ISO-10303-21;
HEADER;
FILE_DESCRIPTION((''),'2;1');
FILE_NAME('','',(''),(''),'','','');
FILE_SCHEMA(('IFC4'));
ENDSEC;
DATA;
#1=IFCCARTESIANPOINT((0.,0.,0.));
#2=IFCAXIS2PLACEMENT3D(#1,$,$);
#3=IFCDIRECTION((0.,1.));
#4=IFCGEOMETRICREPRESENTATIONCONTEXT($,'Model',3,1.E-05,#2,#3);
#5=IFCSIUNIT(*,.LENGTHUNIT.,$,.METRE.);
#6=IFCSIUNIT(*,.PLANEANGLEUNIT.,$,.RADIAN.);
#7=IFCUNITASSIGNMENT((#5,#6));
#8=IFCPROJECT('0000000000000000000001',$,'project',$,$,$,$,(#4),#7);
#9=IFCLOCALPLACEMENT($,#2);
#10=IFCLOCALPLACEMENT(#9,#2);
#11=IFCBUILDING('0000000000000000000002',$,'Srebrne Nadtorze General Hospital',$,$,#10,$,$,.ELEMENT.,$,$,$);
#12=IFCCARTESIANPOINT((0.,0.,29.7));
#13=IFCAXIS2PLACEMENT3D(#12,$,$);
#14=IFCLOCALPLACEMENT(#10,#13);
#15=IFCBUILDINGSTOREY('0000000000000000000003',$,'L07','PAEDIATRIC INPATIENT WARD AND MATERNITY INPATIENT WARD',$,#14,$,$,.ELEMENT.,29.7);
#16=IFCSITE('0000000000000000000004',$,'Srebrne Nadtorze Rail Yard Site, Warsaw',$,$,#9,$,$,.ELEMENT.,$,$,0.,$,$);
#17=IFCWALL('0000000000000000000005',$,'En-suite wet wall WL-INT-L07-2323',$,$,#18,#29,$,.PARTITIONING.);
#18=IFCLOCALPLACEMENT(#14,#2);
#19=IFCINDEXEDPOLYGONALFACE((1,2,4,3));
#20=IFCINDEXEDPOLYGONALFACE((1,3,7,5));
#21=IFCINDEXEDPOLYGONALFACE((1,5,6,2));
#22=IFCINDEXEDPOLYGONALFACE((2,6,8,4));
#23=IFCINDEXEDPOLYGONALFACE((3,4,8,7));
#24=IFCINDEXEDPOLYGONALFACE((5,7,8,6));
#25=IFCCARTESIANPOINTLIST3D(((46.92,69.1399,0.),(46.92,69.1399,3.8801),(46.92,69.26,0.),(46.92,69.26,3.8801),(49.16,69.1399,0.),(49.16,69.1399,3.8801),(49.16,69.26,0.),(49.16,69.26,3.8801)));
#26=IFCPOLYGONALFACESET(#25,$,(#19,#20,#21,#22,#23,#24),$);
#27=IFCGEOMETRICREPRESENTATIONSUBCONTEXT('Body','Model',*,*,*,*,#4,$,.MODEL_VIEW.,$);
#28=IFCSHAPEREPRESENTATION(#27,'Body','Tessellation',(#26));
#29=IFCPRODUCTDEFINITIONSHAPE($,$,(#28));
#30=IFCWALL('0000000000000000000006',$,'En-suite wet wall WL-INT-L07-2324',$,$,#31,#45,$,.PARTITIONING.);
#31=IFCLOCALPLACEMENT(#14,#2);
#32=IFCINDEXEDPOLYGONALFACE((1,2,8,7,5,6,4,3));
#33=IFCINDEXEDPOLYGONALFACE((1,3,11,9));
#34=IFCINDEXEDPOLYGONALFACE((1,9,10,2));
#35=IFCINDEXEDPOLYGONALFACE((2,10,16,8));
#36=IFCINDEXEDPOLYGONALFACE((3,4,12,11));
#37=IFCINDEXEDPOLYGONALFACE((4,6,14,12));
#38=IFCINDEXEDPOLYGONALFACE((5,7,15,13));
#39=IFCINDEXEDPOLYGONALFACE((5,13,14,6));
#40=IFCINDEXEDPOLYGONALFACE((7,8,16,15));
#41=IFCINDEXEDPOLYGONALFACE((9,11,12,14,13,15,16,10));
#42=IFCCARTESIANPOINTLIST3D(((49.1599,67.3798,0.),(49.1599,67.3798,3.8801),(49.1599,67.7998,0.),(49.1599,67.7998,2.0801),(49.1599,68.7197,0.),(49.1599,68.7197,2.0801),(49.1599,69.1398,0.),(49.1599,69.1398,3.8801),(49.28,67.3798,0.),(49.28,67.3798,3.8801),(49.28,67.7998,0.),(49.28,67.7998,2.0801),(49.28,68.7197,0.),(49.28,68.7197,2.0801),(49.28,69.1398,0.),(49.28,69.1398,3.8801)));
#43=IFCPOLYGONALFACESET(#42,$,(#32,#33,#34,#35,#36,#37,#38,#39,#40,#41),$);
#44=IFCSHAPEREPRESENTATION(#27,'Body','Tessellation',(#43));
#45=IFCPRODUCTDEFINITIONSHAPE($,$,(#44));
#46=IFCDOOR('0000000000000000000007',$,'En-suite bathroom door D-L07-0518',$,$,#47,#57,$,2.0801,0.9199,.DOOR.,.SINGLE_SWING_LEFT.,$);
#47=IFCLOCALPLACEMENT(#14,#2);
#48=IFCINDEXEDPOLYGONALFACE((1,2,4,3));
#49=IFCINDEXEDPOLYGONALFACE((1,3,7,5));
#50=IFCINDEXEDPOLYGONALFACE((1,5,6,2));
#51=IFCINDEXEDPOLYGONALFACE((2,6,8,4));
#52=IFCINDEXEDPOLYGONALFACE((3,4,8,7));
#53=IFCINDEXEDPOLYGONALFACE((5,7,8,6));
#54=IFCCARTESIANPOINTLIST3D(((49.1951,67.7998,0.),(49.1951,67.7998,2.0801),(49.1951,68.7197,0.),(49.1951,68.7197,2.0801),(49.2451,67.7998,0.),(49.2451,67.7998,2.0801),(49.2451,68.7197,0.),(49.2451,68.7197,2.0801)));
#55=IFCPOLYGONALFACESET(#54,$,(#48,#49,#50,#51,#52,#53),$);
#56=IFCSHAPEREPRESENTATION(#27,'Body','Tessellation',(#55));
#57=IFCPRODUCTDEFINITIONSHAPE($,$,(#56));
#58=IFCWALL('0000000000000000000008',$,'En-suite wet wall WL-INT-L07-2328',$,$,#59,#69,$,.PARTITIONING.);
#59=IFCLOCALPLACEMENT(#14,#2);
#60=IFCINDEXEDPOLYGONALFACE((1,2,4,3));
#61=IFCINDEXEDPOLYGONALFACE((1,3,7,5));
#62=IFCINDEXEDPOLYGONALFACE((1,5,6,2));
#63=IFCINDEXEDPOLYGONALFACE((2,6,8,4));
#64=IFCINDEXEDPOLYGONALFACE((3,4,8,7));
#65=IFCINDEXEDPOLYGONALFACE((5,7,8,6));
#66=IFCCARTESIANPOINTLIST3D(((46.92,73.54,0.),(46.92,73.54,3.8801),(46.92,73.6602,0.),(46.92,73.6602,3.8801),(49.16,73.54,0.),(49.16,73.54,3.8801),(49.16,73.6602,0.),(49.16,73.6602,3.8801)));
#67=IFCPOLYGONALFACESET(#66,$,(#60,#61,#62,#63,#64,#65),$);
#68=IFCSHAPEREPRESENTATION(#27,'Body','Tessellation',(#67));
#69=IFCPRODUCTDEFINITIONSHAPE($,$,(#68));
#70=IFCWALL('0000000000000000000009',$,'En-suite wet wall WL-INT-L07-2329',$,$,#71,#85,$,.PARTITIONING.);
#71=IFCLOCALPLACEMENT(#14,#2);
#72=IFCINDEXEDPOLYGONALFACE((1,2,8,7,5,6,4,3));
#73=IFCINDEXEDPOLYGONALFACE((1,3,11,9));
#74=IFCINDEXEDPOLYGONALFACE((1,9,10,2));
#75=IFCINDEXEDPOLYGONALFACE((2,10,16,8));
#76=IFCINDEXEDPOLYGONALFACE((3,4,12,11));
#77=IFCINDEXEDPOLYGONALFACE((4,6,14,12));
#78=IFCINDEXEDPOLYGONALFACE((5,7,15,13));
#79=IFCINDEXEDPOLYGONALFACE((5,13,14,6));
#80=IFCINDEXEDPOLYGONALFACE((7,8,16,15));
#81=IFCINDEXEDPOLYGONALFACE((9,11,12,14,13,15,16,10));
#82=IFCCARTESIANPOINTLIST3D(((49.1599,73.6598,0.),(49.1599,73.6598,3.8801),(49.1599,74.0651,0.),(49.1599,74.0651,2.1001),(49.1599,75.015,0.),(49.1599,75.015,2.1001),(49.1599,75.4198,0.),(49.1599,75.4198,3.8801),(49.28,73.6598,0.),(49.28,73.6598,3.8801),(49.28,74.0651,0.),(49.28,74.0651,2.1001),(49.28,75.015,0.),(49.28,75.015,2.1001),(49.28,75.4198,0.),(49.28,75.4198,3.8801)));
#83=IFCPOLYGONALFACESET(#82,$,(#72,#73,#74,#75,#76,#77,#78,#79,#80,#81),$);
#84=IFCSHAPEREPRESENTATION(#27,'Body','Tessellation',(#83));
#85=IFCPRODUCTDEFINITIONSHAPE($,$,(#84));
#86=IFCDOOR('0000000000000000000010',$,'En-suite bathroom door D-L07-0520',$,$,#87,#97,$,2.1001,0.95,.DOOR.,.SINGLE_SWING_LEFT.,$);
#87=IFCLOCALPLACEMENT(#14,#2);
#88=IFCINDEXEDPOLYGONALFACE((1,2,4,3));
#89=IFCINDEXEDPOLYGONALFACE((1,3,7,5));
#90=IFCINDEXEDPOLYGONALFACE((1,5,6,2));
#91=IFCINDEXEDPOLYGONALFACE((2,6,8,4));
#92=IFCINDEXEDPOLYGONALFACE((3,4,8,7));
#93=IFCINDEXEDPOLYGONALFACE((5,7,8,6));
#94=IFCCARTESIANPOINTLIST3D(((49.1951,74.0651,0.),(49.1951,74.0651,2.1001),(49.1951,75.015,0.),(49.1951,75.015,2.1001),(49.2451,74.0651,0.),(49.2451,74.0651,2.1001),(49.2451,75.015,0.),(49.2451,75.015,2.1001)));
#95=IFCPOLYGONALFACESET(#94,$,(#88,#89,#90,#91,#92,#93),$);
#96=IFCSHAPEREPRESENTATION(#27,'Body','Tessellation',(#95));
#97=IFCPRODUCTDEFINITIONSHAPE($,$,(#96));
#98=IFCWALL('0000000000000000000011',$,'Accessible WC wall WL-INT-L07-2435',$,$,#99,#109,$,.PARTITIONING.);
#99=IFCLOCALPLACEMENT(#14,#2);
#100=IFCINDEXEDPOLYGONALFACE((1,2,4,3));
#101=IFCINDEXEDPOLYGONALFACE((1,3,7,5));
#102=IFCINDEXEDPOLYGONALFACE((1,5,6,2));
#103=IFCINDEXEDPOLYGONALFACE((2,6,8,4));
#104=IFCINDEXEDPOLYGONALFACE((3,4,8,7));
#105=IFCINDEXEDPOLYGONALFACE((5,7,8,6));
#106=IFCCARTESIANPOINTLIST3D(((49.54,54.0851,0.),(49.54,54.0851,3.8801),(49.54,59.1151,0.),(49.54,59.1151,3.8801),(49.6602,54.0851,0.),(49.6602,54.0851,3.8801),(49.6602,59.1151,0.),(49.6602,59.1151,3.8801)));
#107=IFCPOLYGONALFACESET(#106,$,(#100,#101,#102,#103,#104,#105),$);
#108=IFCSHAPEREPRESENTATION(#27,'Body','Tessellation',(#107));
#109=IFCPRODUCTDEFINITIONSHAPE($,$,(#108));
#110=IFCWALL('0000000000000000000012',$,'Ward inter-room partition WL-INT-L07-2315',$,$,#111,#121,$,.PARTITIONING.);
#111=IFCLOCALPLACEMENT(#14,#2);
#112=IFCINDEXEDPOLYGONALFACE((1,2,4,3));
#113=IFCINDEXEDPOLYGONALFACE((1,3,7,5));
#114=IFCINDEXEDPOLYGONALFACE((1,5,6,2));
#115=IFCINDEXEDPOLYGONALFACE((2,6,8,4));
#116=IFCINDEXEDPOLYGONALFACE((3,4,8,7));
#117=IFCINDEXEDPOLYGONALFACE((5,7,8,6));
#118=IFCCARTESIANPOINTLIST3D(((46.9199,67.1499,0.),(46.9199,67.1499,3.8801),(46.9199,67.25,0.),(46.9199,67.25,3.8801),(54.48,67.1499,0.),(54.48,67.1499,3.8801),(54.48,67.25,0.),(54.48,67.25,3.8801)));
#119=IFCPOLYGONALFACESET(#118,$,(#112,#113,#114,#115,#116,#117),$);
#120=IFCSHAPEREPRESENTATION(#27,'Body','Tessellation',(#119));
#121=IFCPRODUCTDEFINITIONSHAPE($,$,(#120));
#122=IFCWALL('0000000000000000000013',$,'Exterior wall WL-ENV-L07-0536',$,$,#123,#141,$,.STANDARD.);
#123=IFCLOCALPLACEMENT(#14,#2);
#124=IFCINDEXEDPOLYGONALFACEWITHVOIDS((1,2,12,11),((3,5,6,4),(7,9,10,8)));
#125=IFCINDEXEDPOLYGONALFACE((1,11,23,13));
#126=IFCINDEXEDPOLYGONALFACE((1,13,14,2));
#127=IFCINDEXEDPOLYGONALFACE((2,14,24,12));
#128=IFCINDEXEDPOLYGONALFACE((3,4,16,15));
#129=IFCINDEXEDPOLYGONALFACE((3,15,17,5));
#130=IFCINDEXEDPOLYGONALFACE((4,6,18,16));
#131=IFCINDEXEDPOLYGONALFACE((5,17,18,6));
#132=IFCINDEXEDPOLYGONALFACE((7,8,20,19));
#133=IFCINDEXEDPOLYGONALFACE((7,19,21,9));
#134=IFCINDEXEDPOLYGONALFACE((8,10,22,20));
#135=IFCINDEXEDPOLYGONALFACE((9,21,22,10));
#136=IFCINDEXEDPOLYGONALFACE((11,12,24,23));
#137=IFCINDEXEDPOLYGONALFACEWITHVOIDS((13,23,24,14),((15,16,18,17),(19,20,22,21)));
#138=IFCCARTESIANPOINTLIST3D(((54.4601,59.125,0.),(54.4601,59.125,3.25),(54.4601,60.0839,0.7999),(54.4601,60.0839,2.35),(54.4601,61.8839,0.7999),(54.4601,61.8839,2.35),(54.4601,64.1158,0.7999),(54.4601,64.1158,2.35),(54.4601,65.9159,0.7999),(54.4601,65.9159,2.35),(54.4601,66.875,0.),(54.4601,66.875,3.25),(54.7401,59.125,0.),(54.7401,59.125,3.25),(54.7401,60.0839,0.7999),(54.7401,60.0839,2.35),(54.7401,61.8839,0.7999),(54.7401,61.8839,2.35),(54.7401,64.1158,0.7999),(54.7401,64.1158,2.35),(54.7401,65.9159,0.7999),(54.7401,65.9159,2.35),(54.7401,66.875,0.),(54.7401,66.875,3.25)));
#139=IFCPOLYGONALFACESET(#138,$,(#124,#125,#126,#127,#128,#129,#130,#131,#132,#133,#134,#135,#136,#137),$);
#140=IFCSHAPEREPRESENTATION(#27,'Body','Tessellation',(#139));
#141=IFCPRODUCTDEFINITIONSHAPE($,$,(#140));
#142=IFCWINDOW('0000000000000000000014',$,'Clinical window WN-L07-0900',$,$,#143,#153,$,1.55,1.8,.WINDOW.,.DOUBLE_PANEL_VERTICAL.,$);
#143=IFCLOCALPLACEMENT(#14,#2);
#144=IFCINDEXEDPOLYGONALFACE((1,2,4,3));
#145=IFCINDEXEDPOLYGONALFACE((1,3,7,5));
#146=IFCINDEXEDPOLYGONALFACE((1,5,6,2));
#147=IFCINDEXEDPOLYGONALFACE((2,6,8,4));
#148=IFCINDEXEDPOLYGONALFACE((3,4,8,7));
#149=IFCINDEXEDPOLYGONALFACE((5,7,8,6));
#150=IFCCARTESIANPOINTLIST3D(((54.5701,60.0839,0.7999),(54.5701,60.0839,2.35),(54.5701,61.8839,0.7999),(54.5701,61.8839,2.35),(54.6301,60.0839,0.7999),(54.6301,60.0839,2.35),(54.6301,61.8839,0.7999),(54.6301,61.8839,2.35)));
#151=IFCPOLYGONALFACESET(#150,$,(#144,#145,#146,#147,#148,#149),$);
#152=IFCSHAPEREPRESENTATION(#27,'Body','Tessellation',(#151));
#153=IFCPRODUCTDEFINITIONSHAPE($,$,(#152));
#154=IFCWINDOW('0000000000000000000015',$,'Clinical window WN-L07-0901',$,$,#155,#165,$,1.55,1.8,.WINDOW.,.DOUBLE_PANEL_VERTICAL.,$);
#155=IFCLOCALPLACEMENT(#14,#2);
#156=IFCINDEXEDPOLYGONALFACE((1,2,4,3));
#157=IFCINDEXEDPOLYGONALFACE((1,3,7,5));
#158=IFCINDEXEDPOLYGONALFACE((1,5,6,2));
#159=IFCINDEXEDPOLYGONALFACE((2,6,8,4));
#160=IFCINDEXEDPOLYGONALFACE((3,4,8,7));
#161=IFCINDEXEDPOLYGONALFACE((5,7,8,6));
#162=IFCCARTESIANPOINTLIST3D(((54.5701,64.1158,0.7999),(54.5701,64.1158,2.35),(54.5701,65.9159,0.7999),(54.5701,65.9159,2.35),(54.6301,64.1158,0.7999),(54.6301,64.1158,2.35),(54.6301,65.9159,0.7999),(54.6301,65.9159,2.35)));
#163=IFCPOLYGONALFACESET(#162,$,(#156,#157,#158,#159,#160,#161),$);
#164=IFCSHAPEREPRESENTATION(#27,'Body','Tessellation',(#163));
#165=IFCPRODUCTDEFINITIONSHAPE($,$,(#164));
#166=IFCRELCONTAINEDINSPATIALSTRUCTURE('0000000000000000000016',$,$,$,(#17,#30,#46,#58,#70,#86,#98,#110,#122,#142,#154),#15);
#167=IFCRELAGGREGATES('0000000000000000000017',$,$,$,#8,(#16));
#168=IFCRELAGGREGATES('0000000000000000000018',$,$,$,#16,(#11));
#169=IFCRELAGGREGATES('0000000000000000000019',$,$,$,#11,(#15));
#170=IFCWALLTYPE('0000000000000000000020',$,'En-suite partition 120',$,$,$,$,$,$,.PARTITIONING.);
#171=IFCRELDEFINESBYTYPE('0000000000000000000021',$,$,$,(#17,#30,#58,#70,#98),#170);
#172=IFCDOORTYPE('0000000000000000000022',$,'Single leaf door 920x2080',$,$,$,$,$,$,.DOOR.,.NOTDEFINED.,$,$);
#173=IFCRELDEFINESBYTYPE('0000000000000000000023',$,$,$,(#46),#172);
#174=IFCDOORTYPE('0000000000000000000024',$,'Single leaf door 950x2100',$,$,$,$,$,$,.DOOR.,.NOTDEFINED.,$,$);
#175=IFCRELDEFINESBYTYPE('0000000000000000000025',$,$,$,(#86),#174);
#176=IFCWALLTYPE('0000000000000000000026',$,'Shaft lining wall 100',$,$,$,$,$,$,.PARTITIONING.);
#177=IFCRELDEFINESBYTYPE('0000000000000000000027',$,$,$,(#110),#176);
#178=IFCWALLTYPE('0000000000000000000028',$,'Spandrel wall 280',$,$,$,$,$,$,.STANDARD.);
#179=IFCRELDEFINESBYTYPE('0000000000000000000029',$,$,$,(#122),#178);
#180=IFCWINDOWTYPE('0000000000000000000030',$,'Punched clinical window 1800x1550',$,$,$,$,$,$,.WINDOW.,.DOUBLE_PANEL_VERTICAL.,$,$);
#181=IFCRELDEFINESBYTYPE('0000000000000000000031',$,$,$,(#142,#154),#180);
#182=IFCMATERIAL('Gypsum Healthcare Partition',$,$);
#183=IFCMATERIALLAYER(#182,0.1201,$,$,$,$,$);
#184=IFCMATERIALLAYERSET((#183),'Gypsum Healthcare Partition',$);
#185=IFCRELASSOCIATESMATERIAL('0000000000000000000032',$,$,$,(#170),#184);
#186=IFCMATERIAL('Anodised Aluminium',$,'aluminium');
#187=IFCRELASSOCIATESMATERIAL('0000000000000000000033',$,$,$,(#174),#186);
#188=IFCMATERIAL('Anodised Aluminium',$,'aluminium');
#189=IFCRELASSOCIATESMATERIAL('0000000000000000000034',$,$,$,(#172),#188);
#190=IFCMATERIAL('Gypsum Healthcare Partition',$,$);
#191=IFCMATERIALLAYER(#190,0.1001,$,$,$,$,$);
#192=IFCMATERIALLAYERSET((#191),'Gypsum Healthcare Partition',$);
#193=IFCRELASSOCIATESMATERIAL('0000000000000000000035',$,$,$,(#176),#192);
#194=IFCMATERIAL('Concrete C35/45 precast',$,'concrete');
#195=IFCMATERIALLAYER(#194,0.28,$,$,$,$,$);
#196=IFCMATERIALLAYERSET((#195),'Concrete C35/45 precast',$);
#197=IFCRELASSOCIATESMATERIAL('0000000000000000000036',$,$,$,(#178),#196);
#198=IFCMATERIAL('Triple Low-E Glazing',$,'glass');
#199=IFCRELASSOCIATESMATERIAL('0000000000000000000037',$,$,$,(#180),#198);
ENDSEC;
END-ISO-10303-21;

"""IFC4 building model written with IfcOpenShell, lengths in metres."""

from ifc_helpers import new_model, si_unit, direction, frame, frame_2d, origin, place, context, subcontext, project, spatial, rectangle, extrude, material, layer, layer_set, type_object, element, fill, save


model = new_model("IFC4")

# Units and contexts
model_context = context("Model", 3, precision=1e-05, world=origin(), true_north=direction((0.0, 1.0)))
body_context = subcontext(model_context, "Body", "Model", "MODEL_VIEW")
ifc_project = project(units=[si_unit("LENGTHUNIT", "METRE"), si_unit("PLANEANGLEUNIT", "RADIAN")], contexts=[model_context])

# Site, building, storey
site_placement = place(None, origin())
site = spatial("IfcSite", under=ifc_project, at=site_placement, Name="Srebrne Nadtorze Rail Yard Site, Warsaw", CompositionType="ELEMENT", RefElevation=0.0)
building_placement = place(site_placement, origin())
building = spatial("IfcBuilding", under=site, at=building_placement, Name="Srebrne Nadtorze General Hospital", CompositionType="ELEMENT")
storey_placement = place(building_placement, frame((0.0, 0.0, 29.7)))
storey = spatial("IfcBuildingStorey", under=building, at=storey_placement, Name="L07", Description="PAEDIATRIC INPATIENT WARD AND MATERNITY INPATIENT WARD", CompositionType="ELEMENT", Elevation=29.7)

# Shared definitions
ifc_material_1 = material(Name="Gypsum Healthcare Partition")
ifc_layer_1 = layer(ifc_material_1, 0.1201)
ifc_layer_set_1 = layer_set([ifc_layer_1], Name="Gypsum Healthcare Partition")
wall_type_1 = type_object("IfcWallType", Name="En-suite partition 120", PredefinedType="PARTITIONING", material=ifc_layer_set_1)

# Shared definitions
ifc_material_2 = material(Name="Anodised Aluminium", Category="aluminium")
door_type_1 = type_object("IfcDoorType", Name="Single leaf door 950x2100", OperationType="NOTDEFINED", PredefinedType="DOOR", material=ifc_material_2)

# Wall
wall_1_placement = place(storey_placement, frame((46.9199, 69.2, 0.0), z_axis=(0.0, 0.0, 1.0), x_axis=(1.0, 0.0, 0.0)))
element("IfcWall", 1, at=wall_1_placement, inside=storey, type_object=wall_type_1, Name="En-suite wet wall WL-INT-L07-2323", PredefinedType="PARTITIONING", context=body_context, shape_type="SweptSolid", body=[
    extrude(rectangle(XDim=2.24, YDim=0.1201, at=frame_2d((1.1201, 0.0))), origin(), (0.0, 0.0, 1.0), 3.8801),
])

# Wall, opening, door
wall_2_placement = place(storey_placement, frame((49.22, 67.3799, 0.0), z_axis=(0.0, 0.0, 1.0), x_axis=(0.0, 1.0, 0.0)))
wall_2 = element("IfcWall", 2, at=wall_2_placement, inside=storey, type_object=wall_type_1, Name="En-suite wet wall WL-INT-L07-2324", PredefinedType="PARTITIONING", context=body_context, shape_type="SweptSolid", body=[
    extrude(rectangle(XDim=1.76, YDim=0.1201, at=frame_2d((0.8799, 0.0))), origin(), (0.0, 0.0, 1.0), 3.8801),
])
opening_1_placement = place(wall_2_placement, frame((0.4199, 0.0, 0.0)))
opening_1 = element("IfcOpeningElement", 3, at=opening_1_placement, cuts=wall_2, PredefinedType="OPENING", context=body_context, shape_type="SweptSolid", body=[
    extrude(rectangle(XDim=0.9199, YDim=2.0801, at=frame_2d((0.46, 1.04))), frame((0.0, 0.072, 0.0), z_axis=(0.0, -1.0, 0.0), x_axis=(1.0, 0.0, 0.0)), (0.0, 0.0, 1.0), 0.144),
])
ifc_material_3 = material(Name="Anodised Aluminium", Category="aluminium")
door_type_2 = type_object("IfcDoorType", Name="Single leaf door 920x2080", OperationType="NOTDEFINED", PredefinedType="DOOR", material=ifc_material_3)
door_1_placement = place(opening_1_placement, origin())
door_1 = element("IfcDoor", 4, at=door_1_placement, inside=storey, type_object=door_type_2, Name="En-suite bathroom door D-L07-0518", OperationType="SINGLE_SWING_LEFT", OverallHeight=2.0801, OverallWidth=0.9199, PredefinedType="DOOR", context=body_context, shape_type="SweptSolid", body=[
    extrude(rectangle(XDim=0.9199, YDim=2.0801, at=frame_2d((0.46, 1.04))), frame((0.0, 0.0249, 0.0), z_axis=(0.0, -1.0, 0.0), x_axis=(1.0, 0.0, 0.0)), (0.0, 0.0, 1.0), 0.05),
])
fill(opening_1, door_1)

# Wall
wall_3_placement = place(storey_placement, frame((46.9199, 73.6001, 0.0), z_axis=(0.0, 0.0, 1.0), x_axis=(1.0, 0.0, 0.0)))
element("IfcWall", 5, at=wall_3_placement, inside=storey, type_object=wall_type_1, Name="En-suite wet wall WL-INT-L07-2328", PredefinedType="PARTITIONING", context=body_context, shape_type="SweptSolid", body=[
    extrude(rectangle(XDim=2.24, YDim=0.1201, at=frame_2d((1.1201, 0.0))), origin(), (0.0, 0.0, 1.0), 3.8801),
])

# Wall, opening, door
wall_4_placement = place(storey_placement, frame((49.22, 73.6599, 0.0), z_axis=(0.0, 0.0, 1.0), x_axis=(0.0, 1.0, 0.0)))
wall_4 = element("IfcWall", 6, at=wall_4_placement, inside=storey, type_object=wall_type_1, Name="En-suite wet wall WL-INT-L07-2329", PredefinedType="PARTITIONING", context=body_context, shape_type="SweptSolid", body=[
    extrude(rectangle(XDim=1.76, YDim=0.1201, at=frame_2d((0.8799, 0.0))), origin(), (0.0, 0.0, 1.0), 3.8801),
])
opening_2_placement = place(wall_4_placement, frame((0.405, 0.0, 0.0)))
opening_2 = element("IfcOpeningElement", 7, at=opening_2_placement, cuts=wall_4, PredefinedType="OPENING", context=body_context, shape_type="SweptSolid", body=[
    extrude(rectangle(XDim=0.95, YDim=2.1001, at=frame_2d((0.4751, 1.05))), frame((0.0, 0.072, 0.0), z_axis=(0.0, -1.0, 0.0), x_axis=(1.0, 0.0, 0.0)), (0.0, 0.0, 1.0), 0.144),
])
door_2_placement = place(opening_2_placement, origin())
door_2 = element("IfcDoor", 8, at=door_2_placement, inside=storey, type_object=door_type_1, Name="En-suite bathroom door D-L07-0520", OperationType="SINGLE_SWING_LEFT", OverallHeight=2.1001, OverallWidth=0.95, PredefinedType="DOOR", context=body_context, shape_type="SweptSolid", body=[
    extrude(rectangle(XDim=0.95, YDim=2.1001, at=frame_2d((0.4751, 1.05))), frame((0.0, 0.0249, 0.0), z_axis=(0.0, -1.0, 0.0), x_axis=(1.0, 0.0, 0.0)), (0.0, 0.0, 1.0), 0.05),
])
fill(opening_2, door_2)

# Walls
wall_5_placement = place(storey_placement, frame((49.6001, 54.085, 0.0), z_axis=(0.0, 0.0, 1.0), x_axis=(0.0, 1.0, 0.0)))
element("IfcWall", 9, at=wall_5_placement, inside=storey, type_object=wall_type_1, Name="Accessible WC wall WL-INT-L07-2435", PredefinedType="PARTITIONING", context=body_context, shape_type="SweptSolid", body=[
    extrude(rectangle(XDim=5.03, YDim=0.1201, at=frame_2d((2.5151, 0.0))), origin(), (0.0, 0.0, 1.0), 3.8801),
])
ifc_material_4 = material(Name="Gypsum Healthcare Partition")
ifc_layer_2 = layer(ifc_material_4, 0.1001)
ifc_layer_set_2 = layer_set([ifc_layer_2], Name="Gypsum Healthcare Partition")
wall_type_2 = type_object("IfcWallType", Name="Shaft lining wall 100", PredefinedType="PARTITIONING", material=ifc_layer_set_2)
wall_6_placement = place(storey_placement, frame((46.9199, 67.2, 0.0), z_axis=(0.0, 0.0, 1.0), x_axis=(1.0, 0.0, 0.0)))
element("IfcWall", 10, at=wall_6_placement, inside=storey, type_object=wall_type_2, Name="Ward inter-room partition WL-INT-L07-2315", PredefinedType="PARTITIONING", context=body_context, shape_type="SweptSolid", body=[
    extrude(rectangle(XDim=7.5601, YDim=0.1001, at=frame_2d((3.78, 0.0))), origin(), (0.0, 0.0, 1.0), 3.8801),
])

# Wall, openings, windows
ifc_material_5 = material(Name="Concrete C35/45 precast", Category="concrete")
ifc_layer_3 = layer(ifc_material_5, 0.28)
ifc_layer_set_3 = layer_set([ifc_layer_3], Name="Concrete C35/45 precast")
wall_type_3 = type_object("IfcWallType", Name="Spandrel wall 280", PredefinedType="STANDARD", material=ifc_layer_set_3)
wall_7_placement = place(storey_placement, frame((54.6001, 59.125, 0.0), z_axis=(0.0, 0.0, 1.0), x_axis=(0.0, 1.0, 0.0)))
wall_7 = element("IfcWall", 11, at=wall_7_placement, inside=storey, type_object=wall_type_3, Name="Exterior wall WL-ENV-L07-0536", PredefinedType="STANDARD", context=body_context, shape_type="SweptSolid", body=[
    extrude(rectangle(XDim=7.75, YDim=0.28, at=frame_2d((3.875, 0.0))), origin(), (0.0, 0.0, 1.0), 3.25),
])
opening_3_placement = place(wall_7_placement, frame((0.959, 0.0, 0.8)))
opening_3 = element("IfcOpeningElement", 12, at=opening_3_placement, cuts=wall_7, PredefinedType="OPENING", context=body_context, shape_type="SweptSolid", body=[
    extrude(rectangle(XDim=1.8, YDim=1.55, at=frame_2d((0.8999, 0.7749))), frame((0.0, 0.1519, 0.0), z_axis=(0.0, -1.0, 0.0), x_axis=(1.0, 0.0, 0.0)), (0.0, 0.0, 1.0), 0.304),
])
opening_4_placement = place(wall_7_placement, frame((4.991, 0.0, 0.8)))
opening_4 = element("IfcOpeningElement", 13, at=opening_4_placement, cuts=wall_7, PredefinedType="OPENING", context=body_context, shape_type="SweptSolid", body=[
    extrude(rectangle(XDim=1.8, YDim=1.55, at=frame_2d((0.8999, 0.7749))), frame((0.0, 0.1519, 0.0), z_axis=(0.0, -1.0, 0.0), x_axis=(1.0, 0.0, 0.0)), (0.0, 0.0, 1.0), 0.304),
])
ifc_material_6 = material(Name="Triple Low-E Glazing", Category="glass")
window_type_1 = type_object("IfcWindowType", Name="Punched clinical window 1800x1550", PartitioningType="DOUBLE_PANEL_VERTICAL", PredefinedType="WINDOW", material=ifc_material_6)
window_1_placement = place(opening_3_placement, origin())
window_1 = element("IfcWindow", 14, at=window_1_placement, inside=storey, type_object=window_type_1, Name="Clinical window WN-L07-0900", OverallHeight=1.55, OverallWidth=1.8, PartitioningType="DOUBLE_PANEL_VERTICAL", PredefinedType="WINDOW", context=body_context, shape_type="SweptSolid", body=[
    extrude(rectangle(XDim=1.8, YDim=1.55, at=frame_2d((0.8999, 0.7749))), frame((0.0, 0.03, 0.0), z_axis=(0.0, -1.0, 0.0), x_axis=(1.0, 0.0, 0.0)), (0.0, 0.0, 1.0), 0.0601),
])
fill(opening_3, window_1)
window_2_placement = place(opening_4_placement, origin())
window_2 = element("IfcWindow", 15, at=window_2_placement, inside=storey, type_object=window_type_1, Name="Clinical window WN-L07-0901", OverallHeight=1.55, OverallWidth=1.8, PartitioningType="DOUBLE_PANEL_VERTICAL", PredefinedType="WINDOW", context=body_context, shape_type="SweptSolid", body=[
    extrude(rectangle(XDim=1.8, YDim=1.55, at=frame_2d((0.8999, 0.7749))), frame((0.0, 0.03, 0.0), z_axis=(0.0, -1.0, 0.0), x_axis=(1.0, 0.0, 0.0)), (0.0, 0.0, 1.0), 0.0601),
])
fill(opening_4, window_2)

save(model, "model.ifc")
